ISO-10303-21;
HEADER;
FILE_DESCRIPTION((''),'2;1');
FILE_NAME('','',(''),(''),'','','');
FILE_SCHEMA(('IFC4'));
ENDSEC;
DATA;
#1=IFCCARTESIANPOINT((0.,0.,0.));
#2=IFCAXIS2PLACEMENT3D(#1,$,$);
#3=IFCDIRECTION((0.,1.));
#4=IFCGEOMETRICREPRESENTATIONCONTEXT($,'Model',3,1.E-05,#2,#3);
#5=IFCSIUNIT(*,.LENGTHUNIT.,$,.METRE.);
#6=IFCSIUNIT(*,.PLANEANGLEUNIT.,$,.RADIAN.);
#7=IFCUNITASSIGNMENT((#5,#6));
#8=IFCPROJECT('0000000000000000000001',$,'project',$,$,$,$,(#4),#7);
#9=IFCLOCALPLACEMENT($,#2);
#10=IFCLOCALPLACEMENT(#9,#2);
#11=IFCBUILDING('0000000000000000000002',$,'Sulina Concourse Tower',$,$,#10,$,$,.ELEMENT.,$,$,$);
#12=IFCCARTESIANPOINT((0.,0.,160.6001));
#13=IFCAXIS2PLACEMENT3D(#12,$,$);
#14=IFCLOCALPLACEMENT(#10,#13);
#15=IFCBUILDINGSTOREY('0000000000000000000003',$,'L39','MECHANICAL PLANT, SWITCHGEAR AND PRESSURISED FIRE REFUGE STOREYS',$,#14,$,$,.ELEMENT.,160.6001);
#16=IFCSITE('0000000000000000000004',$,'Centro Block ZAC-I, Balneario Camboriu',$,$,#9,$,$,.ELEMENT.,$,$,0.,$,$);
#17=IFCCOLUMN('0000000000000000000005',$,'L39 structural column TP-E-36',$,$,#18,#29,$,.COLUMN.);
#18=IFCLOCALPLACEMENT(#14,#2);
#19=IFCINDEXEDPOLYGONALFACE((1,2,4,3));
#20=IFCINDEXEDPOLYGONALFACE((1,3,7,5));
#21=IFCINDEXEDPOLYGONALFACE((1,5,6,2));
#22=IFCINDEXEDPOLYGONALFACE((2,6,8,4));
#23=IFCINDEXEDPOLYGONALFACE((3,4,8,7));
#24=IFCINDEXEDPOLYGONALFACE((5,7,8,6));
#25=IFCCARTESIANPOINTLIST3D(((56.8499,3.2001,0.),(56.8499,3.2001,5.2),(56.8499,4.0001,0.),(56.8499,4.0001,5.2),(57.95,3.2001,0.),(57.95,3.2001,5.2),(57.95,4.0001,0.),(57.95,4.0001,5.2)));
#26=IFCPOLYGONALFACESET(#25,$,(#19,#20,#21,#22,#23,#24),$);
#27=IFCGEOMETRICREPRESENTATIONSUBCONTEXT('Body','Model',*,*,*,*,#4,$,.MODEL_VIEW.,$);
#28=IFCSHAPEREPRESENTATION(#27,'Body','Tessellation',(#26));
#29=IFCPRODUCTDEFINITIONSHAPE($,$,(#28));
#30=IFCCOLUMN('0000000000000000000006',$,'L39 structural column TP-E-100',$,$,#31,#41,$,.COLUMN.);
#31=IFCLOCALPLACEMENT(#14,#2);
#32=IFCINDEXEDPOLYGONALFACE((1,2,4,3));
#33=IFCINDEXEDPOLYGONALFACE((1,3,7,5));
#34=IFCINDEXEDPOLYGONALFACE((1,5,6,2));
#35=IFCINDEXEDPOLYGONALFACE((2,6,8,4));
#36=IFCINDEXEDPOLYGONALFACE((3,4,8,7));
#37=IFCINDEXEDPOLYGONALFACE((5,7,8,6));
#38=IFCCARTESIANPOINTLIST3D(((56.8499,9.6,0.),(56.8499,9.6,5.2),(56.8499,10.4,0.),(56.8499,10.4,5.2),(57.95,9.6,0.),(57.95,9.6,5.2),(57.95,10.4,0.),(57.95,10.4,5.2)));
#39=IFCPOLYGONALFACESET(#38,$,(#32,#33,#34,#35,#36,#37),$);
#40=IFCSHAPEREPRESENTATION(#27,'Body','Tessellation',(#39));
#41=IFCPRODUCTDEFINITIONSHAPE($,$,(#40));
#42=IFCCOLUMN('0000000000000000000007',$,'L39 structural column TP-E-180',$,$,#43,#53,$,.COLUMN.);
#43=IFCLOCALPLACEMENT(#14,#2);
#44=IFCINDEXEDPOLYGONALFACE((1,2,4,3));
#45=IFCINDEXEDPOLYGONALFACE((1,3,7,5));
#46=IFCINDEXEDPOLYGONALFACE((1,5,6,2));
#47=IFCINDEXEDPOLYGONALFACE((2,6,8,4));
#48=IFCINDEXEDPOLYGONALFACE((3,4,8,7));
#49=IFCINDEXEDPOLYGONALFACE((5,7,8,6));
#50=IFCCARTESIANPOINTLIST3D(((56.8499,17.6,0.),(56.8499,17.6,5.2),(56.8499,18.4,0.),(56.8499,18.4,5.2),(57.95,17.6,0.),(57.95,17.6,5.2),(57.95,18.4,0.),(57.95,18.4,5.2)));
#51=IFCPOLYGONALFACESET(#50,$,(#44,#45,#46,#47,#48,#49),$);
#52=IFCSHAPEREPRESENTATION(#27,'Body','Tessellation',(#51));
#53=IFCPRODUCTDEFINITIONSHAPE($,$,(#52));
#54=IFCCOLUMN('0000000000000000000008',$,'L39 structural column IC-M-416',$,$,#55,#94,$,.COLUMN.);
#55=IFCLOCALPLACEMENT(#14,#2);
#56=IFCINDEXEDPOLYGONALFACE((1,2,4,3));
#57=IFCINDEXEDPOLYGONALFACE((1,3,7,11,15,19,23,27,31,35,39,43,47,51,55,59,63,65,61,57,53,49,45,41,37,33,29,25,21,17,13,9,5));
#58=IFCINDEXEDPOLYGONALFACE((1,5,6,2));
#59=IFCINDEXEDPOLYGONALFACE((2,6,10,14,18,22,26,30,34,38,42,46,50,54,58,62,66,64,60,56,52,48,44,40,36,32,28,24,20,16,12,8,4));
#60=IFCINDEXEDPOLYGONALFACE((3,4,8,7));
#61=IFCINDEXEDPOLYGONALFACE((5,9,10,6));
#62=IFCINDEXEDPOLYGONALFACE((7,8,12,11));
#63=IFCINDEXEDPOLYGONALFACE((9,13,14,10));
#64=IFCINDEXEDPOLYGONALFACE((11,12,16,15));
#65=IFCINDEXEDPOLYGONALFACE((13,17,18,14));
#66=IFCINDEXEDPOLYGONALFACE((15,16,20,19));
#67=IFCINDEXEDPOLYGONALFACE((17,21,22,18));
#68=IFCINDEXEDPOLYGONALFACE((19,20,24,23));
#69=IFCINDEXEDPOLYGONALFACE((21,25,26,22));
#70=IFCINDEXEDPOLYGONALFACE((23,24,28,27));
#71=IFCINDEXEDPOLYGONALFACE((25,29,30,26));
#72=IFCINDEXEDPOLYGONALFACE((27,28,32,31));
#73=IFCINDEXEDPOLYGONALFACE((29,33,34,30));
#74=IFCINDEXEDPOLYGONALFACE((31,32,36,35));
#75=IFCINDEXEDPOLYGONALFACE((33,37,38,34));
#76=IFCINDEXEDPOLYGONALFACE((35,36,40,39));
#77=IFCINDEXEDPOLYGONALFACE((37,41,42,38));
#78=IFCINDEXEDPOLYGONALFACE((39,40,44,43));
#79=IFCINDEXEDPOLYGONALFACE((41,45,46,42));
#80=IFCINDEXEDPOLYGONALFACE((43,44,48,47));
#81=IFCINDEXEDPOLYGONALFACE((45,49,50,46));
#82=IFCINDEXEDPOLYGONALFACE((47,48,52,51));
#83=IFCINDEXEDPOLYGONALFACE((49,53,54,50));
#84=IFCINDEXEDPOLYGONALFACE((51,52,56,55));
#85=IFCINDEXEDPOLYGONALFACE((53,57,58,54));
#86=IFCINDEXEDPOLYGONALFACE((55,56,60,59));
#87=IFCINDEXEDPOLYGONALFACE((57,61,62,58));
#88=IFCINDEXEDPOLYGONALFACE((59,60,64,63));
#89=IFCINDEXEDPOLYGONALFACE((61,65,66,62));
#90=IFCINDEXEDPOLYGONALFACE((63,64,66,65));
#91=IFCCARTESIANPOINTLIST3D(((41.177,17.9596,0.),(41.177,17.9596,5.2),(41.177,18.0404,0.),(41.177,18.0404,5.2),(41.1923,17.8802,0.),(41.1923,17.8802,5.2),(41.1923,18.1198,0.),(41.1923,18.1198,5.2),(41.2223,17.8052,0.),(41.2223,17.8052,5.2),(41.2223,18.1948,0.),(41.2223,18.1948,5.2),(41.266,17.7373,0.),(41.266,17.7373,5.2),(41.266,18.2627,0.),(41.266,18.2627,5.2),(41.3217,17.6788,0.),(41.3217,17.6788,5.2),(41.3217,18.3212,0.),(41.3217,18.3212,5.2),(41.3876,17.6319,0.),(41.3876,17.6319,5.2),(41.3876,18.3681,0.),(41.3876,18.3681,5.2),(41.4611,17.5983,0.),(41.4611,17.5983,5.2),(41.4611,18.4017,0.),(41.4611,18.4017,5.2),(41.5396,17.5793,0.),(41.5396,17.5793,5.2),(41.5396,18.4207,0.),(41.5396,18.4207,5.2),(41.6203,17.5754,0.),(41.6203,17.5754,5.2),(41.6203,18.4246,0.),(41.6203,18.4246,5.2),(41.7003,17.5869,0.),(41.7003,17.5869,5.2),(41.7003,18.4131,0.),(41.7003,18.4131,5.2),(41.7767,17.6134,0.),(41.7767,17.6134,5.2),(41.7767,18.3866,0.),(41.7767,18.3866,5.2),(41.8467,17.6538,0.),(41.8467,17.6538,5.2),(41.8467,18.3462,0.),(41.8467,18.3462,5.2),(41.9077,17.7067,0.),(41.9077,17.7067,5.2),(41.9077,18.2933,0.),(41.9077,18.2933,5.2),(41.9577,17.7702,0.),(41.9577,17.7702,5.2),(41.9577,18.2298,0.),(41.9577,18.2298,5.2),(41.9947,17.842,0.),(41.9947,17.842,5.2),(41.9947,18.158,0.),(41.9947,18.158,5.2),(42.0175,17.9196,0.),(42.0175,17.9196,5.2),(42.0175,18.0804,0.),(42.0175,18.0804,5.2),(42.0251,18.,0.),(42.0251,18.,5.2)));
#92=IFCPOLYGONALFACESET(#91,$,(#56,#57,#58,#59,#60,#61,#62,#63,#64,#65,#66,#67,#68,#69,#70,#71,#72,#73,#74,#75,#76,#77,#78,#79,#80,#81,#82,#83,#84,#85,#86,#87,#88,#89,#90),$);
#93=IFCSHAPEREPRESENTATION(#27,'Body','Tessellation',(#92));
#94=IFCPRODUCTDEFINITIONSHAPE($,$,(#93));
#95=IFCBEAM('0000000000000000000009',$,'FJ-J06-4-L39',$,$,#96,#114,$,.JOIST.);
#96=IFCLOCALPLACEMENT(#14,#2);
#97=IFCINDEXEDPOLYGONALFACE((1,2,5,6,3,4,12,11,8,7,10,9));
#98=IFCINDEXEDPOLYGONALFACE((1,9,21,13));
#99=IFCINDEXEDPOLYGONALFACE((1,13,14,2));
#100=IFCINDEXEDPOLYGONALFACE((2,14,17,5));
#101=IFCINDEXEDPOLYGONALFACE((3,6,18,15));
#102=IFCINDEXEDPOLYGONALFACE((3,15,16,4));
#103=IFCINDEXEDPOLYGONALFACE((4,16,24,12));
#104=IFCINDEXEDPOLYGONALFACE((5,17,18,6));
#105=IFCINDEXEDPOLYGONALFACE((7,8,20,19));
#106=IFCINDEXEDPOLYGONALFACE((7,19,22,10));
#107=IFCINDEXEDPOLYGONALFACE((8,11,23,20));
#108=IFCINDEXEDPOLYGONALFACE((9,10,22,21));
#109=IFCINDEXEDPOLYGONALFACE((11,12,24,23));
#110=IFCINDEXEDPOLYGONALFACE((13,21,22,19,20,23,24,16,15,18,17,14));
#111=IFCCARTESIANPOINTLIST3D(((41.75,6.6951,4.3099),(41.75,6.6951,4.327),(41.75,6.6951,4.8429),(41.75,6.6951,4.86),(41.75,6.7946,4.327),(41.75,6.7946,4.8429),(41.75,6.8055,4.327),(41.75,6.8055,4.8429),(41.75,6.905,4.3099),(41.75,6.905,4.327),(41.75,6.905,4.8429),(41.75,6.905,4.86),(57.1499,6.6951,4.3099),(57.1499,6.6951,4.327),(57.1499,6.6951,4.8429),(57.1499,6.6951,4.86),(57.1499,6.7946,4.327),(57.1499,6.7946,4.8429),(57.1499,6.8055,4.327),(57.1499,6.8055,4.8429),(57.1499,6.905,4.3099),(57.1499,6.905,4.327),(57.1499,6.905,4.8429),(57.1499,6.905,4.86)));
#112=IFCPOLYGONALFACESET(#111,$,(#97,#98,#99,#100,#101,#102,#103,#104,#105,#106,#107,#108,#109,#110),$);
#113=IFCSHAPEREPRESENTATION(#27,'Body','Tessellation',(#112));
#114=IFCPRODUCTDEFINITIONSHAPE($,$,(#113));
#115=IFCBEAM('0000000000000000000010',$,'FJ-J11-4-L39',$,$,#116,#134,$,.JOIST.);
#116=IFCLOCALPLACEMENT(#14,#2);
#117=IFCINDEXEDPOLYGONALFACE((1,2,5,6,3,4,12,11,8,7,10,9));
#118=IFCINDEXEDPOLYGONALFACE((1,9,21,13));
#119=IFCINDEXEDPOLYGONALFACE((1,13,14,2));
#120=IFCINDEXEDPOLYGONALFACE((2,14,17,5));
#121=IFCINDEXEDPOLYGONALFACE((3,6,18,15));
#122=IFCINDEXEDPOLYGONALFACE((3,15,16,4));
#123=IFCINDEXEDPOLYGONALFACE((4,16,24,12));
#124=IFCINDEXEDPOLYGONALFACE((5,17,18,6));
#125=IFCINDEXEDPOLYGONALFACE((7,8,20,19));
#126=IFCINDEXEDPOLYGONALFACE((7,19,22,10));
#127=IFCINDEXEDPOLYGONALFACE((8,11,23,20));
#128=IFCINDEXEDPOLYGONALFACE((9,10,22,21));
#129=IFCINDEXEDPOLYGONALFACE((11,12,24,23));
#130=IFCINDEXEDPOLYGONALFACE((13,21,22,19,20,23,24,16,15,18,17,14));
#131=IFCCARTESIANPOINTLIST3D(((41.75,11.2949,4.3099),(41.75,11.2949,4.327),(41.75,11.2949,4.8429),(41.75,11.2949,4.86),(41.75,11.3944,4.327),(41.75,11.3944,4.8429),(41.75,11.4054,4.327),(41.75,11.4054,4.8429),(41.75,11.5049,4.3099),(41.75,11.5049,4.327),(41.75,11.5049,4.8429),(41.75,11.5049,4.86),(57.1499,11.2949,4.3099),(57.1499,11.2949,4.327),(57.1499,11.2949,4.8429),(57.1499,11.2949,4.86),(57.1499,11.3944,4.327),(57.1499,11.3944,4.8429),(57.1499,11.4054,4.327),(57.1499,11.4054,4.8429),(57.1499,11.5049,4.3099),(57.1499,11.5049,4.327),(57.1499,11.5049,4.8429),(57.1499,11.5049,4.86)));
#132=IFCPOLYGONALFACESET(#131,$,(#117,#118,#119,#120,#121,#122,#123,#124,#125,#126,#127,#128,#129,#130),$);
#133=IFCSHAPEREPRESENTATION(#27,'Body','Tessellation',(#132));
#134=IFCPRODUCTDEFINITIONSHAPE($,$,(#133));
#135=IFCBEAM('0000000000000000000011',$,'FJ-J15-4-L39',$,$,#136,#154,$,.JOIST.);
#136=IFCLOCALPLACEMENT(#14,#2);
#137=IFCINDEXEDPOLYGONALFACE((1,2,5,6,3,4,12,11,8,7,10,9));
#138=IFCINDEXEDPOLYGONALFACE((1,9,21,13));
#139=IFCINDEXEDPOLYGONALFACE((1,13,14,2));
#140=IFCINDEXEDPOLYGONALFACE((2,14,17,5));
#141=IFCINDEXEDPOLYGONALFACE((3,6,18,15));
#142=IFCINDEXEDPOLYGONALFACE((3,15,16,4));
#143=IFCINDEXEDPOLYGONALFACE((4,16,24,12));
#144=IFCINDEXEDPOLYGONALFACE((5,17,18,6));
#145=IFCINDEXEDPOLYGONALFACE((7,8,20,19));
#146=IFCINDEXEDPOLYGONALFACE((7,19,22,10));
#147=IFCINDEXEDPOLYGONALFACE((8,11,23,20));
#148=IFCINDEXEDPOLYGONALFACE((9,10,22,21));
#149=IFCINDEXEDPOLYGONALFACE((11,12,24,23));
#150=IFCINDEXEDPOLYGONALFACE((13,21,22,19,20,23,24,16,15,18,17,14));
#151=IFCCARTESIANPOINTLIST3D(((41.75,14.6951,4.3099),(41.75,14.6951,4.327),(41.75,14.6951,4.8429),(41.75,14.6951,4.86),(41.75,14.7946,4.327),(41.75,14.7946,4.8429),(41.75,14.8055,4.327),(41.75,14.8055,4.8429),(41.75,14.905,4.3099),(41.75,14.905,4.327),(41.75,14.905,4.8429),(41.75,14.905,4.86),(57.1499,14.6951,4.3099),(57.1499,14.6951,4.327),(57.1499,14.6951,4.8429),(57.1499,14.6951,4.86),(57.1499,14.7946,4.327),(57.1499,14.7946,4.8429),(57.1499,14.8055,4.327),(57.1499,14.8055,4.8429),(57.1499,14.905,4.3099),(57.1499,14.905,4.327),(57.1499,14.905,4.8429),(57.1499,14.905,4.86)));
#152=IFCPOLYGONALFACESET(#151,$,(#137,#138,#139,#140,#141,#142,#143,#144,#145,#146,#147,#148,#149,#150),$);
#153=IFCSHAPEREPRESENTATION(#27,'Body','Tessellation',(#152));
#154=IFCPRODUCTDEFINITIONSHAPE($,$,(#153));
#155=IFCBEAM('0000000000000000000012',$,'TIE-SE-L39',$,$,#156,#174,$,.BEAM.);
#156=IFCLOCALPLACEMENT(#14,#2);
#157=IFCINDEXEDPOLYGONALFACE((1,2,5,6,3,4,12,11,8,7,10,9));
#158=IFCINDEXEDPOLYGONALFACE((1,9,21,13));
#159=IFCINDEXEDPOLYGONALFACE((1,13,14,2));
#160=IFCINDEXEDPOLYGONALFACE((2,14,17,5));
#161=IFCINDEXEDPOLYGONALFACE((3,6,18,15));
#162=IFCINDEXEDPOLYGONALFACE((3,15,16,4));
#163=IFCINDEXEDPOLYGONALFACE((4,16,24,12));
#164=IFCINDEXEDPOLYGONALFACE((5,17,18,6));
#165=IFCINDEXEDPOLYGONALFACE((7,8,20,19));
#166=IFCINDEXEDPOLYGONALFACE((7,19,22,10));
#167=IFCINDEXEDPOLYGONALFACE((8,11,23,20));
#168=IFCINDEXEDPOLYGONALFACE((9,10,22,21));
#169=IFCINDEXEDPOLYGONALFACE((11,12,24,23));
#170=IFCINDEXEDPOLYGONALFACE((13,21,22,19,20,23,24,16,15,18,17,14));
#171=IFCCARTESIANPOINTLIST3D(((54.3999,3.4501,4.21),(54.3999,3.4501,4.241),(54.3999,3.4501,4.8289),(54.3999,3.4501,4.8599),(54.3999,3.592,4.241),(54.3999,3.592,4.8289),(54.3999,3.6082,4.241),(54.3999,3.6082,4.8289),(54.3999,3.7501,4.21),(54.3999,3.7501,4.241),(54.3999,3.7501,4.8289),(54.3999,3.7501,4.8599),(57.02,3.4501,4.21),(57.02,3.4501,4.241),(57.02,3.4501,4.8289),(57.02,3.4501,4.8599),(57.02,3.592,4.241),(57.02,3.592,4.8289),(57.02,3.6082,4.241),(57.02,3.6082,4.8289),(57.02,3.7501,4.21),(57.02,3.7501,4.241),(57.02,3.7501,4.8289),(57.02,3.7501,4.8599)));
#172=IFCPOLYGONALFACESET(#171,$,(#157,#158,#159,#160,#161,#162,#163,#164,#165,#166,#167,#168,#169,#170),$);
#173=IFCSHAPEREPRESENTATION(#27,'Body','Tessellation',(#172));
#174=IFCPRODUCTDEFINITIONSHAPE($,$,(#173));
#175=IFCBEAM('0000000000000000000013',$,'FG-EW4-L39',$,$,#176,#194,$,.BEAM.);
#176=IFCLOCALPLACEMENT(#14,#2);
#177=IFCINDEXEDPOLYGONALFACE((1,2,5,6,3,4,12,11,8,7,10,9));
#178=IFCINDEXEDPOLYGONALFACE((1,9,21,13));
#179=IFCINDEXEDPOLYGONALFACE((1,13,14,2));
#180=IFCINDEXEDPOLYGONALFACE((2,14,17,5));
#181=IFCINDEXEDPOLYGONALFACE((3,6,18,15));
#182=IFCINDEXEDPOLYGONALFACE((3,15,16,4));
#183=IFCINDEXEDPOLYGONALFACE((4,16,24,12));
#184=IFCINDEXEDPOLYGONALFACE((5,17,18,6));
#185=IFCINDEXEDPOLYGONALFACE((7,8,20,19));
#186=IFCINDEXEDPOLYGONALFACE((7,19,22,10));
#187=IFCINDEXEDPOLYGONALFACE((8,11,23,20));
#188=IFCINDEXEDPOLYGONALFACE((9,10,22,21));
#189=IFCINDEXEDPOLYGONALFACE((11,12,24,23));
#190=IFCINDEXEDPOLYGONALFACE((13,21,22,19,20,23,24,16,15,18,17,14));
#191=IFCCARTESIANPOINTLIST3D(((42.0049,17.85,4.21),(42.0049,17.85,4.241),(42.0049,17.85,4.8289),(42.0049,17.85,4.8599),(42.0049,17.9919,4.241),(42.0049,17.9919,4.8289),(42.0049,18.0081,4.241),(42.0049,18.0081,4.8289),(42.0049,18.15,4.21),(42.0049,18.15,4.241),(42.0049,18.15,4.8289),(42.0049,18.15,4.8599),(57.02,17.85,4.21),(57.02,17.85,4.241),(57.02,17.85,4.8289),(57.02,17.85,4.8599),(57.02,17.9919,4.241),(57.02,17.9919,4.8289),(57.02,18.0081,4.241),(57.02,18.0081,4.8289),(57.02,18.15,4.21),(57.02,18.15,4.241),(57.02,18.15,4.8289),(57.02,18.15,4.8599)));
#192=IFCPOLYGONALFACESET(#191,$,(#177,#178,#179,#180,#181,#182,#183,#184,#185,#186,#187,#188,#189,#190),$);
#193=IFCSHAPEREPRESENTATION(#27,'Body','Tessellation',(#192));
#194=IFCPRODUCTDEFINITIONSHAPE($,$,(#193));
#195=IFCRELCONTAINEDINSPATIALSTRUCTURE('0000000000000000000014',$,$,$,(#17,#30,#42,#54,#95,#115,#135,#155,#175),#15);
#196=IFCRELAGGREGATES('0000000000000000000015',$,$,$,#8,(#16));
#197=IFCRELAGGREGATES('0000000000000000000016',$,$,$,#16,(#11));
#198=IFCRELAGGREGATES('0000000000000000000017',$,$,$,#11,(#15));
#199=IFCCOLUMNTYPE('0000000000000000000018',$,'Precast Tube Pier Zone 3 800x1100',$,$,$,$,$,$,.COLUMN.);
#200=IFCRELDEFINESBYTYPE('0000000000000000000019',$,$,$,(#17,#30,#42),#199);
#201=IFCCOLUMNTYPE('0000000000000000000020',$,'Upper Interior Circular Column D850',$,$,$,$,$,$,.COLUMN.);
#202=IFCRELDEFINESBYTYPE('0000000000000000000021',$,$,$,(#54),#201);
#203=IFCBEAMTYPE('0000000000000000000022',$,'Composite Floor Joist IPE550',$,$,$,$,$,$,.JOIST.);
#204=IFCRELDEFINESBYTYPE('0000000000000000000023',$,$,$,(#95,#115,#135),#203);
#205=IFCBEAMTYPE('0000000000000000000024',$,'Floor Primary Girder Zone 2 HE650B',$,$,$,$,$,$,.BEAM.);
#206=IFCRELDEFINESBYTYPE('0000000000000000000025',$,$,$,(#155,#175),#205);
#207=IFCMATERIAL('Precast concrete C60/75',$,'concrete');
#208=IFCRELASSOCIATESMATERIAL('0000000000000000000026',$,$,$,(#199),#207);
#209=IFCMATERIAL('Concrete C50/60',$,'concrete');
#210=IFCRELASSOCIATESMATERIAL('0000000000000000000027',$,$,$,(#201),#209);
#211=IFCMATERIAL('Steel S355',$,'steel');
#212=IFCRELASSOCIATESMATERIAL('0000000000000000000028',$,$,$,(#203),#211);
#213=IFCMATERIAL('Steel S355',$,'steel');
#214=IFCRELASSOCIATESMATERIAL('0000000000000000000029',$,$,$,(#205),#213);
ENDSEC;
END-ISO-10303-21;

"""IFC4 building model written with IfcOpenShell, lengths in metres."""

from ifc_helpers import new_model, si_unit, direction, frame, origin, origin_2d, place, context, subcontext, project, spatial, rectangle, circle, i_section, extrude, material, material_profile, profile_set, type_object, element, save


model = new_model("IFC4")

# Units and contexts
model_context = context("Model", 3, precision=1e-05, world=origin(), true_north=direction((0.0, 1.0)))
body_context = subcontext(model_context, "Body", "Model", "MODEL_VIEW")
ifc_project = project(units=[si_unit("LENGTHUNIT", "METRE"), si_unit("PLANEANGLEUNIT", "RADIAN")], contexts=[model_context])

# Site, building, storey
site_placement = place(None, origin())
site = spatial("IfcSite", under=ifc_project, at=site_placement, Name="Centro Block ZAC-I, Balneario Camboriu", CompositionType="ELEMENT", RefElevation=0.0)
building_placement = place(site_placement, origin())
building = spatial("IfcBuilding", under=site, at=building_placement, Name="Sulina Concourse Tower", CompositionType="ELEMENT")
storey_placement = place(building_placement, frame((0.0, 0.0, 160.6001)))
storey = spatial("IfcBuildingStorey", under=building, at=storey_placement, Name="L39", Description="MECHANICAL PLANT, SWITCHGEAR AND PRESSURISED FIRE REFUGE STOREYS", CompositionType="ELEMENT", Elevation=160.6001)

# Columns
ifc_material_1 = material(Name="Precast concrete C60/75", Category="concrete")
ifc_material_profile_1 = material_profile(ifc_material_1, rectangle(XDim=0.8, YDim=1.1001, at=origin_2d()), Name="PC 800x1100")
ifc_profile_set_1 = profile_set([ifc_material_profile_1], Name="Precast concrete C60/75")
column_type_1 = type_object("IfcColumnType", Name="Precast Tube Pier Zone 3 800x1100", PredefinedType="COLUMN", material=ifc_profile_set_1)
for number, where, z_axis, x_axis, name in (
    (1, (57.3999, 3.6001, 0.0), (0.0, 0.0, 1.0), (0.0, 1.0, 0.0), "L39 structural column TP-E-36"),
    (2, (57.3999, 10.0, 0.0), (0.0, 0.0, 1.0), (0.0, 1.0, 0.0), "L39 structural column TP-E-100"),
    (3, (57.3999, 18.0, 0.0), (0.0, 0.0, 1.0), (0.0, 1.0, 0.0), "L39 structural column TP-E-180"),
):
    element("IfcColumn", number, at=place(storey_placement, frame(where, z_axis=z_axis, x_axis=x_axis)), inside=storey, type_object=column_type_1, Name=name, PredefinedType="COLUMN", context=body_context, shape_type="SweptSolid", body=[
        extrude(rectangle(XDim=0.8, YDim=1.1001, at=origin_2d()), origin(), (0.0, 0.0, 1.0), 5.2),
    ])
ifc_material_2 = material(Name="Concrete C50/60", Category="concrete")
ifc_material_profile_2 = material_profile(ifc_material_2, circle(Radius=0.425, at=origin_2d()), Name="RC D850")
ifc_profile_set_2 = profile_set([ifc_material_profile_2], Name="Concrete C50/60")
column_type_2 = type_object("IfcColumnType", Name="Upper Interior Circular Column D850", PredefinedType="COLUMN", material=ifc_profile_set_2)
column_placement = place(storey_placement, frame((41.6001, 18.0, 0.0), z_axis=(0.0, 0.0, 1.0), x_axis=(1.0, 0.0, 0.0)))
element("IfcColumn", 4, at=column_placement, inside=storey, type_object=column_type_2, Name="L39 structural column IC-M-416", PredefinedType="COLUMN", context=body_context, shape_type="SweptSolid", body=[
    extrude(circle(Radius=0.425, at=origin_2d()), origin(), (0.0, 0.0, 1.0), 5.2),
])

# Beams
ifc_material_3 = material(Name="Steel S355", Category="steel")
ifc_material_profile_3 = material_profile(ifc_material_3, i_section(OverallWidth=0.21, OverallDepth=0.55, WebThickness=0.011, FlangeThickness=0.0171, at=origin_2d()), Name="IPE 550")
ifc_profile_set_3 = profile_set([ifc_material_profile_3], Name="Steel S355")
beam_type_1 = type_object("IfcBeamType", Name="Composite Floor Joist IPE550", PredefinedType="JOIST", material=ifc_profile_set_3)
for number, where, z_axis, x_axis, name in (
    (5, (41.75, 6.8, 4.585), (1.0, 0.0, 0.0), (0.0, 1.0, 0.0), "FJ-J06-4-L39"),
    (6, (41.75, 11.3999, 4.585), (1.0, 0.0, 0.0), (0.0, 1.0, 0.0), "FJ-J11-4-L39"),
    (7, (41.75, 14.8, 4.585), (1.0, 0.0, 0.0), (0.0, 1.0, 0.0), "FJ-J15-4-L39"),
):
    element("IfcBeam", number, at=place(storey_placement, frame(where, z_axis=z_axis, x_axis=x_axis)), inside=storey, type_object=beam_type_1, Name=name, PredefinedType="JOIST", context=body_context, shape_type="SweptSolid", body=[
        extrude(i_section(OverallWidth=0.21, OverallDepth=0.55, WebThickness=0.011, FlangeThickness=0.0171, at=origin_2d()), origin(), (0.0, 0.0, 1.0), 15.3999),
    ])
ifc_material_4 = material(Name="Steel S355", Category="steel")
ifc_material_profile_4 = material_profile(ifc_material_4, i_section(OverallWidth=0.3, OverallDepth=0.6499, WebThickness=0.0161, FlangeThickness=0.031, at=origin_2d()), Name="HE 650 B")
ifc_profile_set_4 = profile_set([ifc_material_profile_4], Name="Steel S355")
beam_type_2 = type_object("IfcBeamType", Name="Floor Primary Girder Zone 2 HE650B", PredefinedType="BEAM", material=ifc_profile_set_4)
beam_1_placement = place(storey_placement, frame((54.3999, 3.6001, 4.5349), z_axis=(1.0, 0.0, 0.0), x_axis=(0.0, 1.0, 0.0)))
element("IfcBeam", 8, at=beam_1_placement, inside=storey, type_object=beam_type_2, Name="TIE-SE-L39", PredefinedType="BEAM", context=body_context, shape_type="SweptSolid", body=[
    extrude(i_section(OverallWidth=0.3, OverallDepth=0.6499, WebThickness=0.0161, FlangeThickness=0.031, at=origin_2d()), origin(), (0.0, 0.0, 1.0), 2.6201),
])
beam_2_placement = place(storey_placement, frame((42.0049, 18.0, 4.5349), z_axis=(1.0, 0.0, 0.0), x_axis=(0.0, 1.0, 0.0)))
element("IfcBeam", 9, at=beam_2_placement, inside=storey, type_object=beam_type_2, Name="FG-EW4-L39", PredefinedType="BEAM", context=body_context, shape_type="SweptSolid", body=[
    extrude(i_section(OverallWidth=0.3, OverallDepth=0.6499, WebThickness=0.0161, FlangeThickness=0.031, at=origin_2d()), origin(), (0.0, 0.0, 1.0), 15.0151),
])

save(model, "model.ifc")
